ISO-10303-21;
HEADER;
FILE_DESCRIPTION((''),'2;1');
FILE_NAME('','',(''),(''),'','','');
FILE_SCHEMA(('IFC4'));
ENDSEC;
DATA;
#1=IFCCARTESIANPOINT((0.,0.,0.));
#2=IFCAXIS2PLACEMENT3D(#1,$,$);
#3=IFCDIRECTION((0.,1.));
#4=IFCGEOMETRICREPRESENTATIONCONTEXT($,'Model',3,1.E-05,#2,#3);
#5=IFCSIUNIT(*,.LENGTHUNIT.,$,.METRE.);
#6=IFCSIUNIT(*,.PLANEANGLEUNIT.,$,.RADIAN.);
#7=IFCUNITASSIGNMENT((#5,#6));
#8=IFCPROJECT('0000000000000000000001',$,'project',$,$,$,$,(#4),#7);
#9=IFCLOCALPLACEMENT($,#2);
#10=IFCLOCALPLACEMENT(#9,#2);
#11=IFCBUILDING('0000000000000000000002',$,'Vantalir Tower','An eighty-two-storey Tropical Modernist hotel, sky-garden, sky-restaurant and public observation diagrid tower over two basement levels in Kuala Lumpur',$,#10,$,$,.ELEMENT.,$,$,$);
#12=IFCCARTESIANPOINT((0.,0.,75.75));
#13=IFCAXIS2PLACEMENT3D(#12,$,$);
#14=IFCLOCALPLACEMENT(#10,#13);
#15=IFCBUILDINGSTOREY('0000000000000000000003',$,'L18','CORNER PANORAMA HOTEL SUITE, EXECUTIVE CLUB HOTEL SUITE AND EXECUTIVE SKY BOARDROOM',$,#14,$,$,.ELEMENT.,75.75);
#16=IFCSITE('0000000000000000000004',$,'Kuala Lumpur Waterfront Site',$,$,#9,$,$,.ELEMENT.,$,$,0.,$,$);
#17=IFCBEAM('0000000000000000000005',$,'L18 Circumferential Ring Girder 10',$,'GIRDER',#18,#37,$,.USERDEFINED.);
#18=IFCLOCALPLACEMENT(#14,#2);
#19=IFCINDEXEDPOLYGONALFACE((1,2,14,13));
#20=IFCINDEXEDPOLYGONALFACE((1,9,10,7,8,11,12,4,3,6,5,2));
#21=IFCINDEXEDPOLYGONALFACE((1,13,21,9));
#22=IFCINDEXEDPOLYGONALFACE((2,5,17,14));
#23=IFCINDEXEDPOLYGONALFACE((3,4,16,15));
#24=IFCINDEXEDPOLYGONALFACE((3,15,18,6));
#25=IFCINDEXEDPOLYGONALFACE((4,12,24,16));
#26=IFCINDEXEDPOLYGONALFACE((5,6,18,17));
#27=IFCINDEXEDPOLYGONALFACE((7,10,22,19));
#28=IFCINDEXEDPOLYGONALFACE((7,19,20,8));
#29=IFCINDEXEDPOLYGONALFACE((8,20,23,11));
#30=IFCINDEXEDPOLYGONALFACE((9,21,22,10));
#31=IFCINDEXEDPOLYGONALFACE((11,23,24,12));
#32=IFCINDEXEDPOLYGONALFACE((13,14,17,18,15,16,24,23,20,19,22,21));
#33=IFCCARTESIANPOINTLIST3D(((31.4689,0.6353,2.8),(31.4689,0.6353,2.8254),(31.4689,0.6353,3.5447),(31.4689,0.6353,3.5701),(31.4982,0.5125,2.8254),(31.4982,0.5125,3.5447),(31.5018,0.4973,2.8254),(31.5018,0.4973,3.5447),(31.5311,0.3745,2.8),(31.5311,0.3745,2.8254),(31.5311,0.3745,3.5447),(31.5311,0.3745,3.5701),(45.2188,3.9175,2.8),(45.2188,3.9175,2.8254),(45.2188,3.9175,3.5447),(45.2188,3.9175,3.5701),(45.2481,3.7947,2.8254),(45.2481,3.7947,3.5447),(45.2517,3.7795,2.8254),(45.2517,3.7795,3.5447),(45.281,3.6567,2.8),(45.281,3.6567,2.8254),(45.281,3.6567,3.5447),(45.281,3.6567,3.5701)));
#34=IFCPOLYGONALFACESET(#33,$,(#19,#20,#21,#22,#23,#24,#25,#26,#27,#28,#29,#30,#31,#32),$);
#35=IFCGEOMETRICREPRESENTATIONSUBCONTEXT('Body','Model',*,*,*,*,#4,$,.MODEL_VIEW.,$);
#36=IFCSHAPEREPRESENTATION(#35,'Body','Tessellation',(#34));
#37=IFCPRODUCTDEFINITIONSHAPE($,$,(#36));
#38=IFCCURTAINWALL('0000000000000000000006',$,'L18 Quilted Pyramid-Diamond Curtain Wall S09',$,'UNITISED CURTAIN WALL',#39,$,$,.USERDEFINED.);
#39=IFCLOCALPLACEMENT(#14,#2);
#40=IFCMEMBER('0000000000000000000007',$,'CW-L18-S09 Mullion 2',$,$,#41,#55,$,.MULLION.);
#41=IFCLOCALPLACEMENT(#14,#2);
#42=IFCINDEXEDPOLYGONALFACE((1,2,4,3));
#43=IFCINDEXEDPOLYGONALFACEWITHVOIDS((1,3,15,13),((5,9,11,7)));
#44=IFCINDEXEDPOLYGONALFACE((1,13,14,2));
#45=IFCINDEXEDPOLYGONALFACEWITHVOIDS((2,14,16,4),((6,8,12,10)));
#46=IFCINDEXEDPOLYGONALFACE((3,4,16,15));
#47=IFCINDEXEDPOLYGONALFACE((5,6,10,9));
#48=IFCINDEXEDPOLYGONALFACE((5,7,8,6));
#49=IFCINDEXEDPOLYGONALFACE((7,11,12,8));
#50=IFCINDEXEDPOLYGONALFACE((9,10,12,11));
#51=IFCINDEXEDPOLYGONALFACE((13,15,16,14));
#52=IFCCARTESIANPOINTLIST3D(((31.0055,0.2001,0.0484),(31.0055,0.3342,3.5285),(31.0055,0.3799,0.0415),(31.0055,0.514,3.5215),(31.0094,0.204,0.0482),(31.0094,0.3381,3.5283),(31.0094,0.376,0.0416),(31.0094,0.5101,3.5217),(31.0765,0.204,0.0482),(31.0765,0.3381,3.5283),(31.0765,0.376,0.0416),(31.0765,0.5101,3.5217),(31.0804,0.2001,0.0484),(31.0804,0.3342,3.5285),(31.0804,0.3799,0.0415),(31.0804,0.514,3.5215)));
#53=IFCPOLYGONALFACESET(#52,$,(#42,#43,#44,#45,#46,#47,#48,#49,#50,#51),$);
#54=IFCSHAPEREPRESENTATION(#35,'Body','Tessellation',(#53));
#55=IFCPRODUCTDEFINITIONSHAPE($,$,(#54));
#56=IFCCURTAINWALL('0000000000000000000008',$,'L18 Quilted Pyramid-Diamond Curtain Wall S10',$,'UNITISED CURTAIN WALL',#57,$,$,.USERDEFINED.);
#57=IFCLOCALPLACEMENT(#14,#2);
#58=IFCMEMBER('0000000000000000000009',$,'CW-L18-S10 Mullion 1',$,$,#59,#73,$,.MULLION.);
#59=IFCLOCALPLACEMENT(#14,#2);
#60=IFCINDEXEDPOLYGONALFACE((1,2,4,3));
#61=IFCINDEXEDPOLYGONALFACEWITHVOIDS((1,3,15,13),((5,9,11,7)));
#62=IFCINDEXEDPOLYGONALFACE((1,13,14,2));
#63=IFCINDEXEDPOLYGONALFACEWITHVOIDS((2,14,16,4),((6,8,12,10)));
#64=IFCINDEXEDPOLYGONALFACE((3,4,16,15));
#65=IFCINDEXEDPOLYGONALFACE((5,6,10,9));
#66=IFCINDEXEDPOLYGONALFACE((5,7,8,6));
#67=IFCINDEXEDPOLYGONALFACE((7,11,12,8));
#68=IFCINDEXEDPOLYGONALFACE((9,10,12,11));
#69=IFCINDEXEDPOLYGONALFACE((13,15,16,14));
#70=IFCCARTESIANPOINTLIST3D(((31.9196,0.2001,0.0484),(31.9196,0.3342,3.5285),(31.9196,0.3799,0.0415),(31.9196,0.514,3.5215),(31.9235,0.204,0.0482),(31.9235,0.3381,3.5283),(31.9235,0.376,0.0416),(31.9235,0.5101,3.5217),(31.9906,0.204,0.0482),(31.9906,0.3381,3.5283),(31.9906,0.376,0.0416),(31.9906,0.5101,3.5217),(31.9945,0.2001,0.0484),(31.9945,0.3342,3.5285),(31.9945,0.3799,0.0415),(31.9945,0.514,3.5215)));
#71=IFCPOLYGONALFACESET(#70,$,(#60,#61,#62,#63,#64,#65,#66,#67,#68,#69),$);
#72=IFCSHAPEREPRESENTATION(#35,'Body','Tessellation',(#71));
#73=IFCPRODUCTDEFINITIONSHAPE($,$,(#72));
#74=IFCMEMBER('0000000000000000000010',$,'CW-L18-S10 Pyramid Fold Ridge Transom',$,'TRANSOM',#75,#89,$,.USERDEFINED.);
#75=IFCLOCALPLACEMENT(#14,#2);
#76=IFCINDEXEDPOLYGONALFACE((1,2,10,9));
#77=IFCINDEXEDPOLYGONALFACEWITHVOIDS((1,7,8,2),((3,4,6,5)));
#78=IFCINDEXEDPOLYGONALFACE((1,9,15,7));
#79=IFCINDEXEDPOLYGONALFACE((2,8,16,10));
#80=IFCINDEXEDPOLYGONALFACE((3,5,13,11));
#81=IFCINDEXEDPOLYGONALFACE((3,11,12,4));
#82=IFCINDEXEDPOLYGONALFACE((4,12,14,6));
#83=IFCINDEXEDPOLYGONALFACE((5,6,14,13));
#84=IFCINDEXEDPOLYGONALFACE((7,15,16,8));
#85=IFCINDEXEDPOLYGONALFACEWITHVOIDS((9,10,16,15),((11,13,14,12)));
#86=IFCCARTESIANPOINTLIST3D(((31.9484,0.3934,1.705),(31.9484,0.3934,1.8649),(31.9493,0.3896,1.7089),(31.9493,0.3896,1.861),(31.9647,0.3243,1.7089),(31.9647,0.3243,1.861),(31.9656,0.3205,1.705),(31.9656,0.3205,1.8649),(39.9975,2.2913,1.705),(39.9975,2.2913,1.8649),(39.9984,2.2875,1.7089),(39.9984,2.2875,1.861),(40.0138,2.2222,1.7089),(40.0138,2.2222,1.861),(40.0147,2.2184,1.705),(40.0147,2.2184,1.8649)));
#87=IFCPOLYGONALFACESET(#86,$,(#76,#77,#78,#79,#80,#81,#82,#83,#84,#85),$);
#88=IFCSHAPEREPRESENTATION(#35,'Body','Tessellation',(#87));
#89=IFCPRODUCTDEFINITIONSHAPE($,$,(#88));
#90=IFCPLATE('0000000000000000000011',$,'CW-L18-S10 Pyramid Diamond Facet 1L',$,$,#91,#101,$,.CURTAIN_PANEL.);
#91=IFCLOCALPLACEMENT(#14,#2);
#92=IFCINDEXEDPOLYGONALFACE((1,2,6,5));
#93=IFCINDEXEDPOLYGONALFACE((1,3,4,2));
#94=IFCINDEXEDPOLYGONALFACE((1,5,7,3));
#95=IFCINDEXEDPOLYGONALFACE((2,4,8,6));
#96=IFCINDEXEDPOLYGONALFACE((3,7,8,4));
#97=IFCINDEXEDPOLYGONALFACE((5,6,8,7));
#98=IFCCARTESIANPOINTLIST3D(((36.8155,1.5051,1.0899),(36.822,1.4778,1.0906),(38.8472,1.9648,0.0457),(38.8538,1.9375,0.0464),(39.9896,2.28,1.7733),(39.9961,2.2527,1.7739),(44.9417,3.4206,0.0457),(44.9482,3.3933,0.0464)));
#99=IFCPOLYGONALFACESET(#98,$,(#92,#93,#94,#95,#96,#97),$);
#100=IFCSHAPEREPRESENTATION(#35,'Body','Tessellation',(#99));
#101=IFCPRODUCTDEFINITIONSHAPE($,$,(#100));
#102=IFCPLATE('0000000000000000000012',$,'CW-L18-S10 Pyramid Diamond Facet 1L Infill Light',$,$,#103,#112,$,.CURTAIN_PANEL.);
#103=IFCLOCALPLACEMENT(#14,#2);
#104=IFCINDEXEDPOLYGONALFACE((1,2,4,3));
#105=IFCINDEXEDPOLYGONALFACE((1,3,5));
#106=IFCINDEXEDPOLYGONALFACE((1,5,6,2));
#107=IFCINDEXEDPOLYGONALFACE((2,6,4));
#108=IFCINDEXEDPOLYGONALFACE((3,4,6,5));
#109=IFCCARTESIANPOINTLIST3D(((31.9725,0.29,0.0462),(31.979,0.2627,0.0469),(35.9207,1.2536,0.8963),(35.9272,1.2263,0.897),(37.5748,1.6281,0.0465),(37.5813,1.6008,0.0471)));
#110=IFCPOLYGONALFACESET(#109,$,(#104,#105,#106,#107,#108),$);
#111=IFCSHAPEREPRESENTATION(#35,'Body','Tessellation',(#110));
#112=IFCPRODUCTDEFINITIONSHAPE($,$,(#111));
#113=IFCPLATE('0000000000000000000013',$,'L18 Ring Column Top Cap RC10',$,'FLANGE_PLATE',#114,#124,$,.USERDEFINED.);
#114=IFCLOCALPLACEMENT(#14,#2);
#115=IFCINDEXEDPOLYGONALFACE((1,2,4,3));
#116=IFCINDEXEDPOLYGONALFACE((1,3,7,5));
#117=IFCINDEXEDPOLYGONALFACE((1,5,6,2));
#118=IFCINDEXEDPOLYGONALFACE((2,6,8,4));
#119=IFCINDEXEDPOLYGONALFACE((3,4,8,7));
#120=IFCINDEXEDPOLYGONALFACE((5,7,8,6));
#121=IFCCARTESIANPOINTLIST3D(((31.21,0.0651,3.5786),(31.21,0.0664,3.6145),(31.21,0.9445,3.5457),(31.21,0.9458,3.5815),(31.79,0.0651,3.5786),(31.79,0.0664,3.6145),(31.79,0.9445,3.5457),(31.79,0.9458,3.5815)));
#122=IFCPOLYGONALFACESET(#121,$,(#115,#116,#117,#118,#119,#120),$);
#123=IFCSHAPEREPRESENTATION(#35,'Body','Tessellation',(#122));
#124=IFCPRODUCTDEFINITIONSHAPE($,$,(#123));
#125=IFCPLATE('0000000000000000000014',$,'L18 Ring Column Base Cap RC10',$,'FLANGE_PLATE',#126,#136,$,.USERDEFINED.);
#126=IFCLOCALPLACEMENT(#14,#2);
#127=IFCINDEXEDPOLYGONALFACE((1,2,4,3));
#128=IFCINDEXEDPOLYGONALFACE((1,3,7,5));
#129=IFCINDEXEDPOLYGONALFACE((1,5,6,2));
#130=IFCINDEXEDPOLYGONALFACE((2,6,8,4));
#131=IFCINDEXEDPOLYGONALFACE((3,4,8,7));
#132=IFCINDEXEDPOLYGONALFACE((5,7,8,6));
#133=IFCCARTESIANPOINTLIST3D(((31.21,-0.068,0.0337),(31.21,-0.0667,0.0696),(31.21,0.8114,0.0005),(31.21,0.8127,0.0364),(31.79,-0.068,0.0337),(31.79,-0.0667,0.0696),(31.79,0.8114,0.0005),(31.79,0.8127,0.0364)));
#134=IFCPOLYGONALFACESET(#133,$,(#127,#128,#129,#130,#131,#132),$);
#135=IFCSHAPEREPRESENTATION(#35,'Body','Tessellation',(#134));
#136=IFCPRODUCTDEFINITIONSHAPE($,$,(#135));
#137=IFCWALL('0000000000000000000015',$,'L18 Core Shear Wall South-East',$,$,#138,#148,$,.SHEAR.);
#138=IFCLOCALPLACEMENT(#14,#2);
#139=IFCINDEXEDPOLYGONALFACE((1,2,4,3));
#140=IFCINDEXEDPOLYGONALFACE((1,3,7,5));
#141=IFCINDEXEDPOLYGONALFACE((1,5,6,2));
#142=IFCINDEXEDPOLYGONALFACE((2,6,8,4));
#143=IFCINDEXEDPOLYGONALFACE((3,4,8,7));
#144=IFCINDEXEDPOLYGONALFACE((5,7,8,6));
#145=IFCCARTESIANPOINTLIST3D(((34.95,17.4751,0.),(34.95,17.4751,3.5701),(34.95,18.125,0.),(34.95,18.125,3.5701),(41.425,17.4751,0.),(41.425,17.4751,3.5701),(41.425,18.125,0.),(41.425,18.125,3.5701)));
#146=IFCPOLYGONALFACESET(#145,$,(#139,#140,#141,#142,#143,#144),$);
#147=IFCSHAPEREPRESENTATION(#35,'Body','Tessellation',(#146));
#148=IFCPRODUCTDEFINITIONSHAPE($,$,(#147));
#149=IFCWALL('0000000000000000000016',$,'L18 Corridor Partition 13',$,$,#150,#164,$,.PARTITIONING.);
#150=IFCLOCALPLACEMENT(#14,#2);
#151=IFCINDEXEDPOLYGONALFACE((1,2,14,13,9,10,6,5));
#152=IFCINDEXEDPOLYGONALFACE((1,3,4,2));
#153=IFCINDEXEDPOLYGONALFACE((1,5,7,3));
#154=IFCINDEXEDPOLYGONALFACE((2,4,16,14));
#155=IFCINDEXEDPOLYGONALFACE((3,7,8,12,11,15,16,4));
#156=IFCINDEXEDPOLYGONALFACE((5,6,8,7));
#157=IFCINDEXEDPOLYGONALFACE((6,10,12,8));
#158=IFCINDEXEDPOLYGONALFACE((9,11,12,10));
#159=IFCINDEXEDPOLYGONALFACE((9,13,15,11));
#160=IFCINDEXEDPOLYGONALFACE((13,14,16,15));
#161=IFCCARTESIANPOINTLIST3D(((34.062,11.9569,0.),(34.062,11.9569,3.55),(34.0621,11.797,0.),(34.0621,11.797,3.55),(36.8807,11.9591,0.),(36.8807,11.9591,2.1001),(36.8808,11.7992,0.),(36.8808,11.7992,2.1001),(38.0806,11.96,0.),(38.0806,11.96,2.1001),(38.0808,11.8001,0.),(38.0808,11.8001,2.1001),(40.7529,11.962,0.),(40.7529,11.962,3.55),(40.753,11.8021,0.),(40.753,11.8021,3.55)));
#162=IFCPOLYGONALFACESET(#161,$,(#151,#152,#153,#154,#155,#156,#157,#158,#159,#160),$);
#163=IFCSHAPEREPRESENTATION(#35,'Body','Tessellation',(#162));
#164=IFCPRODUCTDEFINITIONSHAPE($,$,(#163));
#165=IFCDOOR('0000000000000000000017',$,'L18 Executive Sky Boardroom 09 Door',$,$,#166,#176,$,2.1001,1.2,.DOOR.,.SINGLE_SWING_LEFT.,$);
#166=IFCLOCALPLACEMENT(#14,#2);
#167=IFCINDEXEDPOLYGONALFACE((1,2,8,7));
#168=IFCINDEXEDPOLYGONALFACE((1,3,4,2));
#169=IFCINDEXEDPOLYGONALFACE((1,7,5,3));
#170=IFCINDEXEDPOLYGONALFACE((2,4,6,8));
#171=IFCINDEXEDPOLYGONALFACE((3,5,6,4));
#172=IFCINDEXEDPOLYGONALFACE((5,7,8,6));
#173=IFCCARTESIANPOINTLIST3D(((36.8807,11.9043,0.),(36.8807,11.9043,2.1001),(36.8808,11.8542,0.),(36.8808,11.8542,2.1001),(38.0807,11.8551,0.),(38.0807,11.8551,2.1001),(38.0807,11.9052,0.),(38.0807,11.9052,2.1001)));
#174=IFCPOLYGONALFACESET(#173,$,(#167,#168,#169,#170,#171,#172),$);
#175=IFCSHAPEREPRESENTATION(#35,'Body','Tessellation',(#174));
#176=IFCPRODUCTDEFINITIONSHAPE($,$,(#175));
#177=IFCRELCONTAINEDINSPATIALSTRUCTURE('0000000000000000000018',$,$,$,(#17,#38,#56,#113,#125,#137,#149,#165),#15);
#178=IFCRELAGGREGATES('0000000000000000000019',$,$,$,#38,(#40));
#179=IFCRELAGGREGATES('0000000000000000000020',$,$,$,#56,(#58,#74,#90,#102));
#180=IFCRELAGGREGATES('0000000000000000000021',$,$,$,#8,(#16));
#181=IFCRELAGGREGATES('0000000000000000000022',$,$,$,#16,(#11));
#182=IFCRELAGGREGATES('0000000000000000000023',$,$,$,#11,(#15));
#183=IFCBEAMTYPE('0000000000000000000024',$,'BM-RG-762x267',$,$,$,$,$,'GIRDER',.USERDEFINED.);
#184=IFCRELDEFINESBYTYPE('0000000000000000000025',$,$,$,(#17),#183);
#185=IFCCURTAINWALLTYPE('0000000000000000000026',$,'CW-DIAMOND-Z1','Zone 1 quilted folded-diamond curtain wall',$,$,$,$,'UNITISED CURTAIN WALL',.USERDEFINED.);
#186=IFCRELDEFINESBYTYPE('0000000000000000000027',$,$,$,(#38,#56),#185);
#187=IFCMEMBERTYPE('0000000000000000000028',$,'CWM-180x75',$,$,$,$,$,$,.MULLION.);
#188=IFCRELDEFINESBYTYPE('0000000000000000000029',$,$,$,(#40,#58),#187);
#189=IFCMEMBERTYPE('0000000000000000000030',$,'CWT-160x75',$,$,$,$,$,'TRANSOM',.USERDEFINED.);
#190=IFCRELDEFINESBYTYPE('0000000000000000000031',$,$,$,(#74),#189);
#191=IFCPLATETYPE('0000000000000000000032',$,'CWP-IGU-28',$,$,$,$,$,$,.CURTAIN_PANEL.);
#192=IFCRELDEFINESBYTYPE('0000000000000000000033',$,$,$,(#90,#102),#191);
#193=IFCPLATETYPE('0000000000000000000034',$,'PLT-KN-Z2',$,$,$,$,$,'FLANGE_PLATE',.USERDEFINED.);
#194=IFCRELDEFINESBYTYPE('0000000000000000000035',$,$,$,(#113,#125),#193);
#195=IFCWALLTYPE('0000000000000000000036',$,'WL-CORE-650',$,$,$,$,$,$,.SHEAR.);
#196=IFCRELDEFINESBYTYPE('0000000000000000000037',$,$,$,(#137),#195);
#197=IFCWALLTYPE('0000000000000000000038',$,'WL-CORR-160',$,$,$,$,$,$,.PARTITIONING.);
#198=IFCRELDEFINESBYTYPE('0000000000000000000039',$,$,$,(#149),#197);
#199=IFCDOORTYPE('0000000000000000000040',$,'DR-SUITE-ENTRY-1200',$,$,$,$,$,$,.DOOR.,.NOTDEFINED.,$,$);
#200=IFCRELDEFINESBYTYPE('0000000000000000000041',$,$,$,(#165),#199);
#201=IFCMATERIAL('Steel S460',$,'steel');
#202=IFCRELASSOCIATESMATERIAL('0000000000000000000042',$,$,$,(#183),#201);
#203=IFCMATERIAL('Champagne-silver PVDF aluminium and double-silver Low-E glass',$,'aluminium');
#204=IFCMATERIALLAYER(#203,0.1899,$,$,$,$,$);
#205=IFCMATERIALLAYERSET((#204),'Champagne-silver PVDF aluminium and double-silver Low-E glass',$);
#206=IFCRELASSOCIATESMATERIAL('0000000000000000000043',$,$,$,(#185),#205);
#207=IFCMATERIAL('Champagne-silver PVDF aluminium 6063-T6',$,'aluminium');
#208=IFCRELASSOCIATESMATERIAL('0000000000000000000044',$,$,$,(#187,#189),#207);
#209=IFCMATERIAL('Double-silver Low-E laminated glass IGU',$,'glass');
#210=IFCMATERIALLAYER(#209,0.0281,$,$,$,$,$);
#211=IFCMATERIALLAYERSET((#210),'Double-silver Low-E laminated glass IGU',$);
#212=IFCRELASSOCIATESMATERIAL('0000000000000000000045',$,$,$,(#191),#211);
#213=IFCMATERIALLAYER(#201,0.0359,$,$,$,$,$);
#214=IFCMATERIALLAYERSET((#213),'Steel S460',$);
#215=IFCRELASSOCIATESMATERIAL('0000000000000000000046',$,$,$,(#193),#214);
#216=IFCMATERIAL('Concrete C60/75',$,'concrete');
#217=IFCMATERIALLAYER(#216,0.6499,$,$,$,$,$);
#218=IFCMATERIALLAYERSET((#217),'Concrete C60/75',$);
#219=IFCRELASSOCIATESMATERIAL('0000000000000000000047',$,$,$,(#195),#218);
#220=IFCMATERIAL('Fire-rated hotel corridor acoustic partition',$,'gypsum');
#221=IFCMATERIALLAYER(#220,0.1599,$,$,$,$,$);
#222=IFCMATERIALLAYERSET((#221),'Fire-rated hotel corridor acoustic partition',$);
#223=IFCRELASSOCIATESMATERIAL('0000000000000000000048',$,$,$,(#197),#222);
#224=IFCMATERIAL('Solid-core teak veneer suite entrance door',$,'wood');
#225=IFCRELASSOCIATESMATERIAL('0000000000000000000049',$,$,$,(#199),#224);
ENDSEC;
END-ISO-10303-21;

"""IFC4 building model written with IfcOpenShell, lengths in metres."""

from ifc_helpers import new_model, si_unit, direction, frame, frame_2d, origin, origin_2d, place, context, subcontext, project, spatial, polyline, rectangle, hollow_rectangle, i_section, outline, extrude, material, layer, layer_set, material_profile, profile_set, type_object, element, fill, aggregate, save


model = new_model("IFC4")

# Units and contexts
model_context = context("Model", 3, precision=1e-05, world=origin(), true_north=direction((0.0, 1.0)))
body_context = subcontext(model_context, "Body", "Model", "MODEL_VIEW")
ifc_project = project(units=[si_unit("LENGTHUNIT", "METRE"), si_unit("PLANEANGLEUNIT", "RADIAN")], contexts=[model_context])

# Site, building, storey
site_placement = place(None, origin())
site = spatial("IfcSite", under=ifc_project, at=site_placement, Name="Kuala Lumpur Waterfront Site", CompositionType="ELEMENT", RefElevation=0.0)
building_placement = place(site_placement, origin())
building = spatial("IfcBuilding", under=site, at=building_placement, Name="Vantalir Tower", Description="An eighty-two-storey Tropical Modernist hotel, sky-garden, sky-restaurant and public observation diagrid tower over two basement levels in Kuala Lumpur", CompositionType="ELEMENT")
storey_placement = place(building_placement, frame((0.0, 0.0, 75.75)))
storey = spatial("IfcBuildingStorey", under=building, at=storey_placement, Name="L18", Description="CORNER PANORAMA HOTEL SUITE, EXECUTIVE CLUB HOTEL SUITE AND EXECUTIVE SKY BOARDROOM", CompositionType="ELEMENT", Elevation=75.75)

# Shared definitions
ifc_material_1 = material(Name="Concrete C60/75", Category="concrete")
ifc_material_2 = material(Name="Steel S460", Category="steel")

# Beam
ifc_material_profile_1 = material_profile(ifc_material_2, i_section(OverallWidth=0.2681, OverallDepth=0.77, WebThickness=0.0156, FlangeThickness=0.0254, at=origin_2d()), Name="Steel S460")
ifc_profile_set_1 = profile_set([ifc_material_profile_1], Name="Steel S460")
beam_type_1 = type_object("IfcBeamType", Name="BM-RG-762x267", ElementType="GIRDER", PredefinedType="USERDEFINED", material=ifc_profile_set_1)
beam_1_placement = place(storey_placement, frame((31.5, 0.5049, 3.1851), z_axis=(0.972672, 0.232184, 0.0), x_axis=(-0.232184, 0.972672, 0.0)))
element("IfcBeam", 1, at=beam_1_placement, inside=storey, type_object=beam_type_1, Name="L18 Circumferential Ring Girder 10", ObjectType="GIRDER", PredefinedType="USERDEFINED", context=body_context, shape_type="SweptSolid", body=[
    extrude(i_section(OverallWidth=0.2681, OverallDepth=0.77, WebThickness=0.0156, FlangeThickness=0.0254, at=origin_2d()), origin(), (0.0, 0.0, 1.0), 14.1362),
])

# Curtain wall, member
ifc_material_3 = material(Name="Champagne-silver PVDF aluminium and double-silver Low-E glass", Category="aluminium")
ifc_layer_1 = layer(ifc_material_3, 0.1899)
ifc_layer_set_1 = layer_set([ifc_layer_1], Name="Champagne-silver PVDF aluminium and double-silver Low-E glass")
curtain_wall_type = type_object("IfcCurtainWallType", Name="CW-DIAMOND-Z1", Description="Zone 1 quilted folded-diamond curtain wall", ElementType="UNITISED CURTAIN WALL", PredefinedType="USERDEFINED", material=ifc_layer_set_1)
curtain_wall_1_placement = place(storey_placement, origin())
curtain_wall_1 = element("IfcCurtainWall", 2, at=curtain_wall_1_placement, inside=storey, type_object=curtain_wall_type, Name="L18 Quilted Pyramid-Diamond Curtain Wall S09", ObjectType="UNITISED CURTAIN WALL", PredefinedType="USERDEFINED")
ifc_material_4 = material(Name="Champagne-silver PVDF aluminium 6063-T6", Category="aluminium")
ifc_material_profile_2 = material_profile(ifc_material_4, hollow_rectangle(XDim=0.075, YDim=0.1799, WallThickness=0.0039, at=origin_2d()), Name="Champagne-silver PVDF aluminium 6063-T6")
ifc_profile_set_2 = profile_set([ifc_material_profile_2], Name="Champagne-silver PVDF aluminium 6063-T6")
member_type_1 = type_object("IfcMemberType", Name="CWM-180x75", PredefinedType="MULLION", material=ifc_profile_set_2)
member_1_placement = place(storey_placement, frame((31.043, 0.29, 0.0449), z_axis=(0.0, 0.038487, 0.999259), x_axis=(-1.0, 0.0, 0.0)))
member_1 = element("IfcMember", 3, at=member_1_placement, type_object=member_type_1, Name="CW-L18-S09 Mullion 2", PredefinedType="MULLION", context=body_context, shape_type="SweptSolid", body=[
    extrude(hollow_rectangle(XDim=0.075, YDim=0.1799, WallThickness=0.0039, at=origin_2d()), origin(), (0.0, 0.0, 1.0), 3.4827),
])
aggregate(curtain_wall_1, [member_1])

# Curtain wall, members, plates
curtain_wall_2_placement = place(storey_placement, origin())
curtain_wall_2 = element("IfcCurtainWall", 4, at=curtain_wall_2_placement, inside=storey, type_object=curtain_wall_type, Name="L18 Quilted Pyramid-Diamond Curtain Wall S10", ObjectType="UNITISED CURTAIN WALL", PredefinedType="USERDEFINED")
member_2_placement = place(storey_placement, frame((31.957, 0.29, 0.0449), z_axis=(0.0, 0.038487, 0.999259), x_axis=(-1.0, 0.0, 0.0)))
member_2 = element("IfcMember", 5, at=member_2_placement, type_object=member_type_1, Name="CW-L18-S10 Mullion 1", PredefinedType="MULLION", context=body_context, shape_type="SweptSolid", body=[
    extrude(hollow_rectangle(XDim=0.075, YDim=0.1799, WallThickness=0.0039, at=origin_2d()), origin(), (0.0, 0.0, 1.0), 3.4827),
])
ifc_material_profile_3 = material_profile(ifc_material_4, hollow_rectangle(XDim=0.075, YDim=0.1599, WallThickness=0.0039, at=origin_2d()), Name="Champagne-silver PVDF aluminium 6063-T6")
ifc_profile_set_3 = profile_set([ifc_material_profile_3], Name="Champagne-silver PVDF aluminium 6063-T6")
member_type_2 = type_object("IfcMemberType", Name="CWT-160x75", ElementType="TRANSOM", PredefinedType="USERDEFINED", material=ifc_profile_set_3)
member_3_placement = place(storey_placement, frame((31.957, 0.3569, 1.7849), z_axis=(0.973308, 0.229503, 0.0), x_axis=(-0.229503, 0.973308, 0.0)))
member_3 = element("IfcMember", 6, at=member_3_placement, type_object=member_type_2, Name="CW-L18-S10 Pyramid Fold Ridge Transom", ObjectType="TRANSOM", PredefinedType="USERDEFINED", context=body_context, shape_type="SweptSolid", body=[
    extrude(hollow_rectangle(XDim=0.075, YDim=0.1599, WallThickness=0.0039, at=origin_2d()), origin(), (0.0, 0.0, 1.0), 8.2698),
])
ifc_material_5 = material(Name="Double-silver Low-E laminated glass IGU", Category="glass")
ifc_layer_2 = layer(ifc_material_5, 0.0281)
ifc_layer_set_2 = layer_set([ifc_layer_2], Name="Double-silver Low-E laminated glass IGU")
plate_type_1 = type_object("IfcPlateType", Name="CWP-IGU-28", PredefinedType="CURTAIN_PANEL", material=ifc_layer_set_2)
plate_1_placement = place(storey_placement, frame((38.8538, 1.9375, 0.0464), z_axis=(0.232267, -0.97236, 0.023818), x_axis=(0.972636, 0.232333, 0.0)))
plate_1 = element("IfcPlate", 7, at=plate_1_placement, type_object=plate_type_1, Name="CW-L18-S10 Pyramid Diamond Facet 1L", PredefinedType="CURTAIN_PANEL", context=body_context, shape_type="SweptSolid", body=[
    extrude(outline(polyline([(0.0, 0.0), (6.2659, 0.0), (1.1843, 1.728), (-2.0829, 1.0445), (0.0, 0.0)])), origin(), (0.0, 0.0, -1.0), 0.0281),
])
plate_2_placement = place(storey_placement, frame((31.979, 0.2627, 0.0469), z_axis=(0.232254, -0.97237, 0.02353), x_axis=(0.97264, 0.23232, 0.000042)))
plate_2 = element("IfcPlate", 8, at=plate_2_placement, type_object=plate_type_1, Name="CW-L18-S10 Pyramid Diamond Facet 1L Infill Light", PredefinedType="CURTAIN_PANEL", context=body_context, shape_type="SweptSolid", body=[
    extrude(outline(polyline([(0.0, 0.0), (5.7599, 0.0), (4.0641, 0.8502), (0.0, 0.0)])), origin(), (0.0, 0.0, -1.0), 0.0281),
])
aggregate(curtain_wall_2, [member_2, member_3, plate_1, plate_2])

# Plates
ifc_layer_3 = layer(ifc_material_2, 0.0359)
ifc_layer_set_3 = layer_set([ifc_layer_3], Name="Steel S460")
plate_type_2 = type_object("IfcPlateType", Name="PLT-KN-Z2", ElementType="FLANGE_PLATE", PredefinedType="USERDEFINED", material=ifc_layer_set_3)
plate_3_placement = place(storey_placement, frame((31.21, 0.9458, 3.5815), z_axis=(0.0, 0.037453, 0.999298), x_axis=(0.0, -0.999298, 0.037453)))
element("IfcPlate", 9, at=plate_3_placement, inside=storey, type_object=plate_type_2, Name="L18 Ring Column Top Cap RC10", ObjectType="FLANGE_PLATE", PredefinedType="USERDEFINED", context=body_context, shape_type="SweptSolid", body=[
    extrude(outline(polyline([(0.0, 0.0), (0.88, 0.0), (0.88, 0.5801), (0.0, 0.5801), (0.0, 0.0)])), origin(), (0.0, 0.0, -1.0), 0.0359),
])
plate_4_placement = place(storey_placement, frame((31.21, 0.8127, 0.0364), z_axis=(0.0, 0.03773, 0.999288), x_axis=(0.0, -0.999288, 0.03773)))
element("IfcPlate", 10, at=plate_4_placement, inside=storey, type_object=plate_type_2, Name="L18 Ring Column Base Cap RC10", ObjectType="FLANGE_PLATE", PredefinedType="USERDEFINED", context=body_context, shape_type="SweptSolid", body=[
    extrude(outline(polyline([(0.0, 0.0), (0.88, 0.0), (0.88, 0.5801), (0.0, 0.5801), (0.0, 0.0)])), origin(), (0.0, 0.0, -1.0), 0.0359),
])

# Wall
ifc_layer_4 = layer(ifc_material_1, 0.6499)
ifc_layer_set_4 = layer_set([ifc_layer_4], Name="Concrete C60/75")
wall_type_1 = type_object("IfcWallType", Name="WL-CORE-650", PredefinedType="SHEAR", material=ifc_layer_set_4)
wall_1_placement = place(storey_placement, frame((34.95, 17.8, 0.0), z_axis=(0.0, 0.0, 1.0), x_axis=(1.0, 0.0, 0.0)))
element("IfcWall", 11, at=wall_1_placement, inside=storey, type_object=wall_type_1, Name="L18 Core Shear Wall South-East", PredefinedType="SHEAR", context=body_context, shape_type="SweptSolid", body=[
    extrude(rectangle(XDim=6.4751, YDim=0.6499, at=frame_2d((3.2375, 0.0))), origin(), (0.0, 0.0, 1.0), 3.5701),
])

# Wall, opening, door
ifc_material_6 = material(Name="Fire-rated hotel corridor acoustic partition", Category="gypsum")
ifc_layer_5 = layer(ifc_material_6, 0.1599)
ifc_layer_set_5 = layer_set([ifc_layer_5], Name="Fire-rated hotel corridor acoustic partition")
wall_type_2 = type_object("IfcWallType", Name="WL-CORR-160", PredefinedType="PARTITIONING", material=ifc_layer_set_5)
wall_2_placement = place(storey_placement, frame((40.7529, 11.8821, 0.0), z_axis=(0.0, 0.0, 1.0), x_axis=(-1.0, -0.000766, 0.0)))
wall_2 = element("IfcWall", 12, at=wall_2_placement, inside=storey, type_object=wall_type_2, Name="L18 Corridor Partition 13", PredefinedType="PARTITIONING", context=body_context, shape_type="SweptSolid", body=[
    extrude(rectangle(XDim=6.6909, YDim=0.1599, at=frame_2d((3.3455, 0.0))), origin(), (0.0, 0.0, 1.0), 3.55),
])
opening_1_placement = place(wall_2_placement, frame((2.6721, 0.0, 0.0)))
opening_1 = element("IfcOpeningElement", 13, at=opening_1_placement, cuts=wall_2, PredefinedType="OPENING", context=body_context, shape_type="SweptSolid", body=[
    extrude(rectangle(XDim=1.2, YDim=2.1001, at=frame_2d((0.6001, 1.05))), frame((0.0, 0.0898, 0.0), z_axis=(0.0, -1.0, 0.0), x_axis=(1.0, 0.0, 0.0)), (0.0, 0.0, 1.0), 0.1799),
])
ifc_material_7 = material(Name="Solid-core teak veneer suite entrance door", Category="wood")
door_type = type_object("IfcDoorType", Name="DR-SUITE-ENTRY-1200", OperationType="NOTDEFINED", PredefinedType="DOOR", material=ifc_material_7)
door_1_placement = place(opening_1_placement, origin())
door_1 = element("IfcDoor", 14, at=door_1_placement, inside=storey, type_object=door_type, Name="L18 Executive Sky Boardroom 09 Door", OperationType="SINGLE_SWING_LEFT", OverallHeight=2.1001, OverallWidth=1.2, PredefinedType="DOOR", context=body_context, shape_type="SweptSolid", body=[
    extrude(rectangle(XDim=1.2, YDim=2.1001, at=frame_2d((0.6001, 1.05))), frame((0.0, 0.0249, 0.0), z_axis=(0.0, -1.0, 0.0), x_axis=(1.0, 0.0, 0.0)), (0.0, 0.0, 1.0), 0.05),
])
fill(opening_1, door_1)

save(model, "model.ifc")
